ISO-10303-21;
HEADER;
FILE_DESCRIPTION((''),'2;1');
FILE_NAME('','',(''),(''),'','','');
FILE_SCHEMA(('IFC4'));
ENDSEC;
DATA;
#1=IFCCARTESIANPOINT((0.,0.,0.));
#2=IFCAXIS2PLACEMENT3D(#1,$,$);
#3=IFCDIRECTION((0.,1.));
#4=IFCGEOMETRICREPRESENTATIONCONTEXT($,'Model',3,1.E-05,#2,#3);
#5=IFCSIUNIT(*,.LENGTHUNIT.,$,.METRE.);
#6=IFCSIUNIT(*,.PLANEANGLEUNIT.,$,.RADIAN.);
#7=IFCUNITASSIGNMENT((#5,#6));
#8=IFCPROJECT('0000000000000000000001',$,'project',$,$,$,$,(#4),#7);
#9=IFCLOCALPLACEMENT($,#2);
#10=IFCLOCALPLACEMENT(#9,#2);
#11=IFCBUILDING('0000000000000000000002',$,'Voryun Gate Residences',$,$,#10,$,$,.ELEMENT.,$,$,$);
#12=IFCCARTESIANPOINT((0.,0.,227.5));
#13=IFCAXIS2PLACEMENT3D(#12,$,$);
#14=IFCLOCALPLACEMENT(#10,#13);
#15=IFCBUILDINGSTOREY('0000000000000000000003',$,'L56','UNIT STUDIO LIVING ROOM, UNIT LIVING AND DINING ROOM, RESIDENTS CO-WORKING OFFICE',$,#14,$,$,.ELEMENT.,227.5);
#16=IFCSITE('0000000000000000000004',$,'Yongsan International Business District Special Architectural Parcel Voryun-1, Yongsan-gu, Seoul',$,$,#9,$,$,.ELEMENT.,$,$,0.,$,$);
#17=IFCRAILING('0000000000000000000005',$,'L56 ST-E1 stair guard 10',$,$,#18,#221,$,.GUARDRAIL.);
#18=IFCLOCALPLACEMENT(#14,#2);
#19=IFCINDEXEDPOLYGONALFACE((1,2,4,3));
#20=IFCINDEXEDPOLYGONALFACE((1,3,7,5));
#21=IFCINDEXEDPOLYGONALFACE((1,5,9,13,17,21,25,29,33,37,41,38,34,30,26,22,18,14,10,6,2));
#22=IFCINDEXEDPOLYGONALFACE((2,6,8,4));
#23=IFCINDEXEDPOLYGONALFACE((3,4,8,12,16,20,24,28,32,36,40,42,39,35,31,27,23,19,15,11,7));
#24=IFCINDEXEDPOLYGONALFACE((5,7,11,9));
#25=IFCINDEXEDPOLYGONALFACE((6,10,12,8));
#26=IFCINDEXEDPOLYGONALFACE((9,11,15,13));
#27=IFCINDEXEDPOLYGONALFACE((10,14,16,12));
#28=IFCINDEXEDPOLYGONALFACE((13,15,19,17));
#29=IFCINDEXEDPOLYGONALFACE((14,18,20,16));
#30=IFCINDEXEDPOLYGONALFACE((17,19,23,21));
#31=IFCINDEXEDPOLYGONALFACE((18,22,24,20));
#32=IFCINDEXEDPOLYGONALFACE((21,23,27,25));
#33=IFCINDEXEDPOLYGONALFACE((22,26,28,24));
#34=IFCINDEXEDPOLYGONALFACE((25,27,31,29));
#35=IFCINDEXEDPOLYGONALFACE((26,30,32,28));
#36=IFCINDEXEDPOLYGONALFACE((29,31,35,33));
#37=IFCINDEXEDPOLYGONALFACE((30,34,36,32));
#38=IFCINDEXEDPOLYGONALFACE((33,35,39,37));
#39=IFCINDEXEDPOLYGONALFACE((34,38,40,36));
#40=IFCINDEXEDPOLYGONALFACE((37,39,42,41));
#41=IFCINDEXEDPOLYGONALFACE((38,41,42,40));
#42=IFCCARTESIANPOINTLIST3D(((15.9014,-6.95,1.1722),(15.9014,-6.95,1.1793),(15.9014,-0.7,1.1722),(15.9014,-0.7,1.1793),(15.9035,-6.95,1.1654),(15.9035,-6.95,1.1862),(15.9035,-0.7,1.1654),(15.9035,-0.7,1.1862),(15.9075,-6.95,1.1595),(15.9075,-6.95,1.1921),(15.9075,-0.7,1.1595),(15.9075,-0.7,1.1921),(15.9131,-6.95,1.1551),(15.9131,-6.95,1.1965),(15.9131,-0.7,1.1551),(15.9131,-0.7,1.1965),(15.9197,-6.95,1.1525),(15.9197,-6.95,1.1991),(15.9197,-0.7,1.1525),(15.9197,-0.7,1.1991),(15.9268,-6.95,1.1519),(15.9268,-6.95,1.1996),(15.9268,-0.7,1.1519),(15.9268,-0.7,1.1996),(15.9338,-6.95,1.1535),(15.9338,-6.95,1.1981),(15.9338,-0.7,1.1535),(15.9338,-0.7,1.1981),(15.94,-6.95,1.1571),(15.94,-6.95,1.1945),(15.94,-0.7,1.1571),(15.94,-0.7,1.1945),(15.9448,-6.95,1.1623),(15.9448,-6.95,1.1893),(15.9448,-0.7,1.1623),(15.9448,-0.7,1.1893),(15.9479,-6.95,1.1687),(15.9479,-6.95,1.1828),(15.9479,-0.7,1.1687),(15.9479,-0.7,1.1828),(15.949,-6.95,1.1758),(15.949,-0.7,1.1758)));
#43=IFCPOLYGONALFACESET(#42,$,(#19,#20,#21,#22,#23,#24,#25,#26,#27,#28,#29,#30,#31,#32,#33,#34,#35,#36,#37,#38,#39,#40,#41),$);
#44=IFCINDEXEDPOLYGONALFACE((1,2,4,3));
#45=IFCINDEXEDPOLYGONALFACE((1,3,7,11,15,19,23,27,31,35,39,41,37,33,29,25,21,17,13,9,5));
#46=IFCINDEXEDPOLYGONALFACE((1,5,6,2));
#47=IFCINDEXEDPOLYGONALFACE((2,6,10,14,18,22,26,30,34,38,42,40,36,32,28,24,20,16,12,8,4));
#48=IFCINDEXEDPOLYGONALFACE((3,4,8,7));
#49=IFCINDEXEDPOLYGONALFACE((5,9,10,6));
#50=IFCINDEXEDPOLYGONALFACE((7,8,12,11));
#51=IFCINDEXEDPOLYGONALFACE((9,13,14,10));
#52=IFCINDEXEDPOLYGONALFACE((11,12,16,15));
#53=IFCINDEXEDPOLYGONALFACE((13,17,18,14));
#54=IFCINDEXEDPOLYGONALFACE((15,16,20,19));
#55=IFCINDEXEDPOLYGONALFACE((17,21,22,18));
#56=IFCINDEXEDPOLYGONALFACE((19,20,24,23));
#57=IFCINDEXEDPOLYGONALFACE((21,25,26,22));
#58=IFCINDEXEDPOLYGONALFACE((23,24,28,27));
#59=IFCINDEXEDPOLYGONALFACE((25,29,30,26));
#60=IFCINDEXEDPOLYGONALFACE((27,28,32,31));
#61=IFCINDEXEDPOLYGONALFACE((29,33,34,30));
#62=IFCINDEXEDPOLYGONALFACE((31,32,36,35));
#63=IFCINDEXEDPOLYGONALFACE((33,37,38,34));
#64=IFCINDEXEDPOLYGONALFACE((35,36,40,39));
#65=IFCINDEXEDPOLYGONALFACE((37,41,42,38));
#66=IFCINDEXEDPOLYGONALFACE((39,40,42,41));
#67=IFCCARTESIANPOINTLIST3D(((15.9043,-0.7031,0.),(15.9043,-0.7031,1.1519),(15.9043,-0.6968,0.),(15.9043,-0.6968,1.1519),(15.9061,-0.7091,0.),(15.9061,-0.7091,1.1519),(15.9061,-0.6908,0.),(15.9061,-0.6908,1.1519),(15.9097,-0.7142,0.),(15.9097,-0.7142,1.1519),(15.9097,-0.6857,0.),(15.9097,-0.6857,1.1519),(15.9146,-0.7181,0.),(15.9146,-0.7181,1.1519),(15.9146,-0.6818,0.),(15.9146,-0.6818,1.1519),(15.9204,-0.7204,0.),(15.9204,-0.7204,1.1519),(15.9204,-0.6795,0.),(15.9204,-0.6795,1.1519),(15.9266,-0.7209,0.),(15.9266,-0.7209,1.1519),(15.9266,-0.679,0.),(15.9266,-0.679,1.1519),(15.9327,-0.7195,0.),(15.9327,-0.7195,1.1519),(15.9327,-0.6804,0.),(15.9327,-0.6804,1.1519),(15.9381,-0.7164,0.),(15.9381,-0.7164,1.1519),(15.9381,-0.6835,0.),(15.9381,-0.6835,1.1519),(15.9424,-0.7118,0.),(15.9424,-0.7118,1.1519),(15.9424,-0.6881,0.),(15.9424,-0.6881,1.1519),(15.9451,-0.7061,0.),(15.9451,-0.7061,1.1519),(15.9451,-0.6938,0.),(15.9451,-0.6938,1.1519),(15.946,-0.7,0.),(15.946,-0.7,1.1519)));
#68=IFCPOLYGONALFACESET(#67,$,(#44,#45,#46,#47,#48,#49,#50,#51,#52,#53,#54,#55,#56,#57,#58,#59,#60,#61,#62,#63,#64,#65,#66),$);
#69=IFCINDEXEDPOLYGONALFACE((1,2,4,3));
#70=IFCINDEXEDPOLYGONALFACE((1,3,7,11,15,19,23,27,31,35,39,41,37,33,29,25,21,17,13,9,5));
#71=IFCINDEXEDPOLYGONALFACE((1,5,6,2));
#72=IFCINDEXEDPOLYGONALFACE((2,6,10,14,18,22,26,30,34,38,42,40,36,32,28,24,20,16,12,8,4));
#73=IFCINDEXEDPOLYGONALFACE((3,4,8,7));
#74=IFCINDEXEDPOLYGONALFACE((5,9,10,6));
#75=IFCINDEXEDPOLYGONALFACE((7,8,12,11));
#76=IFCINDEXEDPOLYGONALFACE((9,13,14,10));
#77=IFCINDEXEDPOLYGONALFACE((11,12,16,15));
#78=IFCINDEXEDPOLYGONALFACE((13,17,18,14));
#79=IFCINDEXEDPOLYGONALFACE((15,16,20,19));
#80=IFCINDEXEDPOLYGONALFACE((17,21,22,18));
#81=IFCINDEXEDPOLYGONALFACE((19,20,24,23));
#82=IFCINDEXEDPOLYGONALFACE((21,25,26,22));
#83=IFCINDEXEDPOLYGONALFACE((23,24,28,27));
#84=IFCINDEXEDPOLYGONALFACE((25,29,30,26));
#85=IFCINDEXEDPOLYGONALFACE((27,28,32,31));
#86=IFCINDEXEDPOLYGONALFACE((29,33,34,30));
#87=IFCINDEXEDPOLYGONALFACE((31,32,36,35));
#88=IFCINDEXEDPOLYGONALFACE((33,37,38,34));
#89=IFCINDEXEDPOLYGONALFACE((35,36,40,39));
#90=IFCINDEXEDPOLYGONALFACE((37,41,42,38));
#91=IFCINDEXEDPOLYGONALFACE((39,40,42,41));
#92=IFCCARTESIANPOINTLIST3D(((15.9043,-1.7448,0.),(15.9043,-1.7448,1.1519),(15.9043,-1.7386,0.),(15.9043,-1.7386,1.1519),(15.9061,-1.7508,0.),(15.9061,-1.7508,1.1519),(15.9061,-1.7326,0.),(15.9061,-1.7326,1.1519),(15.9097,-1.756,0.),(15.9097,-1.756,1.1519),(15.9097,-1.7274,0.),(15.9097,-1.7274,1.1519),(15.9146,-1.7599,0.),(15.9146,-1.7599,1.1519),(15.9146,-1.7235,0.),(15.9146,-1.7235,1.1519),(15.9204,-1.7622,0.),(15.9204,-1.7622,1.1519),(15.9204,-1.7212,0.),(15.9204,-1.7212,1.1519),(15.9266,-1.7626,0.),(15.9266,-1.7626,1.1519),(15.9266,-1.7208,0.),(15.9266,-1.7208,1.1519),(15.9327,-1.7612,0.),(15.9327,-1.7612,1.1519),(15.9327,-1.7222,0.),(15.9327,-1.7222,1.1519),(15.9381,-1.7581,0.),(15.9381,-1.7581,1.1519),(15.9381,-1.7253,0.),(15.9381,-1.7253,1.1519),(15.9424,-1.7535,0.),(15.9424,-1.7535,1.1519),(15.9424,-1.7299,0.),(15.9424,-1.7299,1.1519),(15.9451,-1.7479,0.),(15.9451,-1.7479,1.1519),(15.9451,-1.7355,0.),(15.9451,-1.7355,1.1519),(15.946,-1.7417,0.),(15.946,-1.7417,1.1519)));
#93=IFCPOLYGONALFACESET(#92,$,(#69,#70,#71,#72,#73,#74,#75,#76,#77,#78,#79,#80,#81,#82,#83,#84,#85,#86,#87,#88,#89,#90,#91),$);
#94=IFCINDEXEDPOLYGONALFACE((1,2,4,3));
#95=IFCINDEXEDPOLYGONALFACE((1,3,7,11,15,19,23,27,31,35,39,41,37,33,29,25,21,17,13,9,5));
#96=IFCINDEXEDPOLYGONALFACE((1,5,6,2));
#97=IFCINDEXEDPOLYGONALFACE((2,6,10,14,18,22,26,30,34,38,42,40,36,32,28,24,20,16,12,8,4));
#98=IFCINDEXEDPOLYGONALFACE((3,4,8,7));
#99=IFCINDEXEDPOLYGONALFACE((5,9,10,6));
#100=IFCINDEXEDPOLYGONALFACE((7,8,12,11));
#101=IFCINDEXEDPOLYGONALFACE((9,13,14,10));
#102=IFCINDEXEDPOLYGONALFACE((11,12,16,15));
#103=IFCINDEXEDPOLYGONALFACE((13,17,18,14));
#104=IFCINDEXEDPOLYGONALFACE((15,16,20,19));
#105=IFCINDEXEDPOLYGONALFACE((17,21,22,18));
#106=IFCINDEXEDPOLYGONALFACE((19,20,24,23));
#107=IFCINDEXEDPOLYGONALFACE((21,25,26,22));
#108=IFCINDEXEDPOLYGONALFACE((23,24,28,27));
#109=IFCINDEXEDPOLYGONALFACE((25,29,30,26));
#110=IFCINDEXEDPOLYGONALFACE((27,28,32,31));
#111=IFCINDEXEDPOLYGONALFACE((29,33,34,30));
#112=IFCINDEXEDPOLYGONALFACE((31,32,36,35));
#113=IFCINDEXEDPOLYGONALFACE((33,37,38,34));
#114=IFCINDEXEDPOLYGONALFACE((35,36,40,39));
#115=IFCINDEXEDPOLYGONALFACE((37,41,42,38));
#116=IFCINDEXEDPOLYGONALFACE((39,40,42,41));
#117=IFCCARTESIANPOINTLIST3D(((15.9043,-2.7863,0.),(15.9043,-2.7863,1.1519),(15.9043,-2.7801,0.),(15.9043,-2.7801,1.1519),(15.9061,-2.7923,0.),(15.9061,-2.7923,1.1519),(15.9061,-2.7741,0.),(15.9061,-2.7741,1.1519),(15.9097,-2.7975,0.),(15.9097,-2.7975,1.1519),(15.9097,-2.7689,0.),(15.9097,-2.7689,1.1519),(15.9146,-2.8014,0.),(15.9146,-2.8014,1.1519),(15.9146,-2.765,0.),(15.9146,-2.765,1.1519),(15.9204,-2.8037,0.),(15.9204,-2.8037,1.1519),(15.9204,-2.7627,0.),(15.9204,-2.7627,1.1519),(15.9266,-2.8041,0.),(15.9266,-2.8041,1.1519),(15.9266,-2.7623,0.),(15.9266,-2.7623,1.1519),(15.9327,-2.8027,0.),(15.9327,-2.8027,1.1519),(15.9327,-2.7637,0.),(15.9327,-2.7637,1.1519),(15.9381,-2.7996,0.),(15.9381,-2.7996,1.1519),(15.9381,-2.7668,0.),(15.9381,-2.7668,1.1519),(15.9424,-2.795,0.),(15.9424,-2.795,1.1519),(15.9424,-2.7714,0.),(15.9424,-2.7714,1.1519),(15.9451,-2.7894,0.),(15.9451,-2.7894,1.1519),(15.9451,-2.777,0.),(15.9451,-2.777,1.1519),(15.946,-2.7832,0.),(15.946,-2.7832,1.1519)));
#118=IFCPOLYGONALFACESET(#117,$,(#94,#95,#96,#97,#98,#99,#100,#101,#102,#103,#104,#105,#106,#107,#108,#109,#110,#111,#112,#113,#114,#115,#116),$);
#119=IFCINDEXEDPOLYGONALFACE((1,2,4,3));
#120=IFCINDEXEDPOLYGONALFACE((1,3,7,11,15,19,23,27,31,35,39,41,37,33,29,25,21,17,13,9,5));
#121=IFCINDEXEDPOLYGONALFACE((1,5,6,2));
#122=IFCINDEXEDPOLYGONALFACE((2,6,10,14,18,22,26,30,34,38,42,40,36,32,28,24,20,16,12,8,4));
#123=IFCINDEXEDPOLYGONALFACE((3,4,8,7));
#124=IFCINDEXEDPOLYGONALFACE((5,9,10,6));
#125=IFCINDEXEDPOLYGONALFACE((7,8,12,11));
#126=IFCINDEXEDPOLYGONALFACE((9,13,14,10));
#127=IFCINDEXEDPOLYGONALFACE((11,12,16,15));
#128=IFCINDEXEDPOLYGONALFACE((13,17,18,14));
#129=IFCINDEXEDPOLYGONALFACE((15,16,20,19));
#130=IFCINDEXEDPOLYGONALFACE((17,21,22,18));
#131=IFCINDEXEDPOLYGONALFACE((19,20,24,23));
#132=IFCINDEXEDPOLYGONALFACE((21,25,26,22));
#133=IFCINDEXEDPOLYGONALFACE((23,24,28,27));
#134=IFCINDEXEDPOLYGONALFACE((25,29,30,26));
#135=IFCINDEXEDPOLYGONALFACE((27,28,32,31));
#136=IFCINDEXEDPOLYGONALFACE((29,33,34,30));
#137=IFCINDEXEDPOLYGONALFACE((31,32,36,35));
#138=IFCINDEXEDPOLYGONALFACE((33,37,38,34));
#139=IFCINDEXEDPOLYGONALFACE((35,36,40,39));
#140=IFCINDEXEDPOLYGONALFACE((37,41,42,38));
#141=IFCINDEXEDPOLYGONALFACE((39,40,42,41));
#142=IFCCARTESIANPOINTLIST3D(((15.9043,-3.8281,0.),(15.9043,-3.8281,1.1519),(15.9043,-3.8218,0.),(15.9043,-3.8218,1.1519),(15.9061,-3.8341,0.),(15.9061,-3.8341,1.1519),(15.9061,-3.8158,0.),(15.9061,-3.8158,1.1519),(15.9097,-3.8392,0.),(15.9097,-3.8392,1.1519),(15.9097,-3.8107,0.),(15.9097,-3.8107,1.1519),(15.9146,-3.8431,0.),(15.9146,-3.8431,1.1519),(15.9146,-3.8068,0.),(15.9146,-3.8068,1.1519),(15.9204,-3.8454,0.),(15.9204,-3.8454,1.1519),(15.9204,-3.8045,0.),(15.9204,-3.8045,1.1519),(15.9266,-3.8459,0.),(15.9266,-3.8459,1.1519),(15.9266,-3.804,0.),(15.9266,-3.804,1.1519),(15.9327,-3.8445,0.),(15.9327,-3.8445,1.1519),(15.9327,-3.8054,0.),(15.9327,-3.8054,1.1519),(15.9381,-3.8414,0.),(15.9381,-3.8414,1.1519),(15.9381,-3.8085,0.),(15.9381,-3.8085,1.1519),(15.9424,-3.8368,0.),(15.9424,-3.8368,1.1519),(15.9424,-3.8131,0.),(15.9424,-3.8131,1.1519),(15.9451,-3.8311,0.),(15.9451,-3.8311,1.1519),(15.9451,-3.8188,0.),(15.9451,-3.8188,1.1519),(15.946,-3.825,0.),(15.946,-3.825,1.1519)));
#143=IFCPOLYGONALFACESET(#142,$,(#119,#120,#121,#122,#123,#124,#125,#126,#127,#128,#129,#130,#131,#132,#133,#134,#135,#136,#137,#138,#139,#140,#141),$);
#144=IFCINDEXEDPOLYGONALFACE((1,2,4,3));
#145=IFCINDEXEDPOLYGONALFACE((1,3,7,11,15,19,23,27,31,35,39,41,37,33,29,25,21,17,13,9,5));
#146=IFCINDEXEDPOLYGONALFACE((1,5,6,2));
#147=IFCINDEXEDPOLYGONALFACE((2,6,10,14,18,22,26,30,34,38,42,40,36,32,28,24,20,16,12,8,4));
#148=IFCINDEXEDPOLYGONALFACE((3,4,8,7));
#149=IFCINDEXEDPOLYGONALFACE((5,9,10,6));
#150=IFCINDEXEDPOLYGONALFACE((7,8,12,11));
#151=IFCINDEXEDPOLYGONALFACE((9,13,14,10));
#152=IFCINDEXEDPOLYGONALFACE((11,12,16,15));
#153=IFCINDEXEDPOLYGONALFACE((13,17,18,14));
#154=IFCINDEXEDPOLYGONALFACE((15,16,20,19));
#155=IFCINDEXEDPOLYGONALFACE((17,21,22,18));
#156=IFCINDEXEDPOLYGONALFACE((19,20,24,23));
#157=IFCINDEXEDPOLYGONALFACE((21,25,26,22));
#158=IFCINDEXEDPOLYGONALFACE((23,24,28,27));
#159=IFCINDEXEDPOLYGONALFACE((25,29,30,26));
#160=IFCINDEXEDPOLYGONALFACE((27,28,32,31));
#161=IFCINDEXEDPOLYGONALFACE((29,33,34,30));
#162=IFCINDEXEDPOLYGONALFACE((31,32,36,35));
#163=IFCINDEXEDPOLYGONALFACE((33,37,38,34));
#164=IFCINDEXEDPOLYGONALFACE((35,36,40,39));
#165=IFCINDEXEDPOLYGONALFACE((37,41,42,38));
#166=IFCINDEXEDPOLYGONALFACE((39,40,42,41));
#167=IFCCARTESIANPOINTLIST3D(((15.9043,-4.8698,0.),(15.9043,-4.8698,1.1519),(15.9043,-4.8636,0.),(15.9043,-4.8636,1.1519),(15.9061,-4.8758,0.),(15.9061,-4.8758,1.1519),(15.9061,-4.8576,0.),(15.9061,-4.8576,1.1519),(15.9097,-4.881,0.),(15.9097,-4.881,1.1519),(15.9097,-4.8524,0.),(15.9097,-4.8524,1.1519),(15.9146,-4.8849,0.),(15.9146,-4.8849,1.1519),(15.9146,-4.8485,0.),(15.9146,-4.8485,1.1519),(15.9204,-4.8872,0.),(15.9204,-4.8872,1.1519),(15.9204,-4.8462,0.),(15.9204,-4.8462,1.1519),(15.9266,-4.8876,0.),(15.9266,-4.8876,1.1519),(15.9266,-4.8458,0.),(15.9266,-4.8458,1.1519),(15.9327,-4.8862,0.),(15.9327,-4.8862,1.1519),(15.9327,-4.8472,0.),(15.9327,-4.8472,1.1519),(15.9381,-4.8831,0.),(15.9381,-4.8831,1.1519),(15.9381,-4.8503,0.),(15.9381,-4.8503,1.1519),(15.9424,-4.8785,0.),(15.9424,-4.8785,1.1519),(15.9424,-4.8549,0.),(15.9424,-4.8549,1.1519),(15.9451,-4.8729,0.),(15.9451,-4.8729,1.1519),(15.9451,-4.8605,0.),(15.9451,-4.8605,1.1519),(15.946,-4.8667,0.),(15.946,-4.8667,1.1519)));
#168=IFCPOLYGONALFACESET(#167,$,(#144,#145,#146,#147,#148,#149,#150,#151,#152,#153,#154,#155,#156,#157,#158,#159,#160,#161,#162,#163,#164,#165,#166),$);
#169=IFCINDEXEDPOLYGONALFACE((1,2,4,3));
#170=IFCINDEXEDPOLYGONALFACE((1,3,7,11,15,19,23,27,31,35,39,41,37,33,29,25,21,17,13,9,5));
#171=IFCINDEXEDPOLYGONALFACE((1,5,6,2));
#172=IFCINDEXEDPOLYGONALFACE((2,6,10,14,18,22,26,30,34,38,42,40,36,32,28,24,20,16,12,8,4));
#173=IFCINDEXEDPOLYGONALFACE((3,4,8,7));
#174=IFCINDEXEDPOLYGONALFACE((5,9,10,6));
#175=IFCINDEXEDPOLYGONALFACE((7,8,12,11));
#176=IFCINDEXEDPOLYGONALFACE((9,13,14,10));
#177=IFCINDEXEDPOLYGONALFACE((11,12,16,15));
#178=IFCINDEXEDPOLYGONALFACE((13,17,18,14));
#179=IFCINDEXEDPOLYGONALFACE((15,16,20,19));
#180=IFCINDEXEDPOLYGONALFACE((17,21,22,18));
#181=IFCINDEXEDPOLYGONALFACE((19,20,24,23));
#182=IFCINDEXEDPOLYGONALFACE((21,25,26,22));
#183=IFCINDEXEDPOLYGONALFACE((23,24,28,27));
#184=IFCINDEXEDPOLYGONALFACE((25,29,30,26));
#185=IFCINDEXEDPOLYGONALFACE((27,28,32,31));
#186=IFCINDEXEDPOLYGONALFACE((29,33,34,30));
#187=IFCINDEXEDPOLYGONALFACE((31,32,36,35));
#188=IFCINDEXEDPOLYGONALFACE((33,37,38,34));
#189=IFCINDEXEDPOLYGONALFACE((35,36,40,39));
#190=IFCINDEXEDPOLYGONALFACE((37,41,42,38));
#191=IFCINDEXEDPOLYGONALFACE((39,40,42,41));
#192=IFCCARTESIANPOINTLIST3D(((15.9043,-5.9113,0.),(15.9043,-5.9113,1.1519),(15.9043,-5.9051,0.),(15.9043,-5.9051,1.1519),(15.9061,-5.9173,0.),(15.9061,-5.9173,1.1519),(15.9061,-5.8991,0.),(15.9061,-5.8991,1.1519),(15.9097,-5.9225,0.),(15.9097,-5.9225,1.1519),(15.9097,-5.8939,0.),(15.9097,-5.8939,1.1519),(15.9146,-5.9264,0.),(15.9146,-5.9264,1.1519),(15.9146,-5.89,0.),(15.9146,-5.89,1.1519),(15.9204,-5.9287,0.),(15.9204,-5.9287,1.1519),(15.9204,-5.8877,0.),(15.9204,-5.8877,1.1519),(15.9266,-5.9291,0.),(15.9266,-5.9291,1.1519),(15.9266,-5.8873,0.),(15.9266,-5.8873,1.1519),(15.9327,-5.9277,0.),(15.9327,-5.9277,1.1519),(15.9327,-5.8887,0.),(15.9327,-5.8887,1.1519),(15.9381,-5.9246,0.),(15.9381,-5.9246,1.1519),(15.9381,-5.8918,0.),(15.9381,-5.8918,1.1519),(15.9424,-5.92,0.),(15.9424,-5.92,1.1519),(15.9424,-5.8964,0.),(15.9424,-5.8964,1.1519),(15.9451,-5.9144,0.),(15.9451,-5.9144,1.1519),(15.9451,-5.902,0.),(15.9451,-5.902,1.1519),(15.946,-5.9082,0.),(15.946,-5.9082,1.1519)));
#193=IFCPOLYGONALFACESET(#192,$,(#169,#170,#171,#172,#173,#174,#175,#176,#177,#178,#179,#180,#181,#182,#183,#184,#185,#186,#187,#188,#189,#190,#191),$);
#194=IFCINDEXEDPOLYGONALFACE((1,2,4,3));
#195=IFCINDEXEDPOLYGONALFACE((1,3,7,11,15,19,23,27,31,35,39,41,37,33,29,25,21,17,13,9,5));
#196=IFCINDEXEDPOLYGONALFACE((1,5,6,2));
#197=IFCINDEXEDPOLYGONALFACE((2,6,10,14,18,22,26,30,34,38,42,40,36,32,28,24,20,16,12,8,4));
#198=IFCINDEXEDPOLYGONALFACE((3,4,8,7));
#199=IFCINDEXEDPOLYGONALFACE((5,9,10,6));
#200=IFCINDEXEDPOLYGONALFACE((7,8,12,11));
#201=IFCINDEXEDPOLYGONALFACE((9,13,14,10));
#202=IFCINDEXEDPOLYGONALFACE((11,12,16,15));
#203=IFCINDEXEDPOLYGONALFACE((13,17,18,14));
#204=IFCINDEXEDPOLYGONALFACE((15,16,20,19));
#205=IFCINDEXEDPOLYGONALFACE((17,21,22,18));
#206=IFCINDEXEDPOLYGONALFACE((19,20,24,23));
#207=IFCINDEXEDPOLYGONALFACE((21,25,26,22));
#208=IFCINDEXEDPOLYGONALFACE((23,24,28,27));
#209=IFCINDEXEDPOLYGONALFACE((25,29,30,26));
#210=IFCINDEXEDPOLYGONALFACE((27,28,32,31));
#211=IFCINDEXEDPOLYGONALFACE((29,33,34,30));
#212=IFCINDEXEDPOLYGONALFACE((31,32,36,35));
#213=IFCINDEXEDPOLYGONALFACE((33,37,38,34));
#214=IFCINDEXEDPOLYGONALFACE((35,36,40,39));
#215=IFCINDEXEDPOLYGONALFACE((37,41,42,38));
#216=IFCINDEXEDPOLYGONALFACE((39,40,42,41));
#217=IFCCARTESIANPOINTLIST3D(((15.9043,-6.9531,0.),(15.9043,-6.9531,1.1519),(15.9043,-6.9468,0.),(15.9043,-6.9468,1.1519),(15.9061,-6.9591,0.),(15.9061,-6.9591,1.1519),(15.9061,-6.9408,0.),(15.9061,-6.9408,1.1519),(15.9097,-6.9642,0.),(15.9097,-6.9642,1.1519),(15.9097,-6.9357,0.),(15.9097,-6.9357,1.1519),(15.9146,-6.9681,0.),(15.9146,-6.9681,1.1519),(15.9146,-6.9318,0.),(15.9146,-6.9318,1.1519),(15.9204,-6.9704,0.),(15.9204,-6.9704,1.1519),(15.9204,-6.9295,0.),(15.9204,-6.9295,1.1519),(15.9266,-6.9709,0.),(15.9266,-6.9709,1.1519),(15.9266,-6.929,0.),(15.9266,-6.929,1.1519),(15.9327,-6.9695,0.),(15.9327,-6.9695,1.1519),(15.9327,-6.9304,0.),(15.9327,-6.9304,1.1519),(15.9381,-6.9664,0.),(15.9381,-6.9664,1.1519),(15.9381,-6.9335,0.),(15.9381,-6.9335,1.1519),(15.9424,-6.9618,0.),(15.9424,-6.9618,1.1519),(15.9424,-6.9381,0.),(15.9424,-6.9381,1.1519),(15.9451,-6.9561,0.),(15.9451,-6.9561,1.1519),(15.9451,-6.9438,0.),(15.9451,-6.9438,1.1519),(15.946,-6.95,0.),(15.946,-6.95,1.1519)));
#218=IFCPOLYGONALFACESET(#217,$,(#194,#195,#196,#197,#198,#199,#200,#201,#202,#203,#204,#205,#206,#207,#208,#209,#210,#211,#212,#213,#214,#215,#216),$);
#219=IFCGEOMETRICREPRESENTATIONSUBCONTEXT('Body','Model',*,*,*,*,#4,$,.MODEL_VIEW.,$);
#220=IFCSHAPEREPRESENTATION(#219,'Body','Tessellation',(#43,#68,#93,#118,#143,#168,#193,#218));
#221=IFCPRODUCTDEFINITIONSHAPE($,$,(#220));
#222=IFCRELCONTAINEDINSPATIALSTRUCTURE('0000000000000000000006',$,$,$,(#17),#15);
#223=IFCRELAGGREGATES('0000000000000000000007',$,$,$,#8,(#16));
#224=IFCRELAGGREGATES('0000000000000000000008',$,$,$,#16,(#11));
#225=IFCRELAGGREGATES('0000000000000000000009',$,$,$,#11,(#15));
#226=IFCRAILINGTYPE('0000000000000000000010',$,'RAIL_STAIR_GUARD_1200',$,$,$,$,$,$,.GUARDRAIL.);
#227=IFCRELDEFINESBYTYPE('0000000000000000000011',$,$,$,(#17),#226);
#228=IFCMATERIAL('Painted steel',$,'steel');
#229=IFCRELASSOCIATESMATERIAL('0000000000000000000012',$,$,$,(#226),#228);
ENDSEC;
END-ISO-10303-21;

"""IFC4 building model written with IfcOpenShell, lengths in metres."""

from ifc_helpers import new_model, si_unit, direction, frame, origin, origin_2d, place, context, subcontext, project, spatial, circle, extrude, material, type_object, element, save


model = new_model("IFC4")

# Units and contexts
model_context = context("Model", 3, precision=1e-05, world=origin(), true_north=direction((0.0, 1.0)))
body_context = subcontext(model_context, "Body", "Model", "MODEL_VIEW")
ifc_project = project(units=[si_unit("LENGTHUNIT", "METRE"), si_unit("PLANEANGLEUNIT", "RADIAN")], contexts=[model_context])

# Site, building, storey
site_placement = place(None, origin())
site = spatial("IfcSite", under=ifc_project, at=site_placement, Name="Yongsan International Business District Special Architectural Parcel Voryun-1, Yongsan-gu, Seoul", CompositionType="ELEMENT", RefElevation=0.0)
building_placement = place(site_placement, origin())
building = spatial("IfcBuilding", under=site, at=building_placement, Name="Voryun Gate Residences", CompositionType="ELEMENT")
storey_placement = place(building_placement, frame((0.0, 0.0, 227.5)))
storey = spatial("IfcBuildingStorey", under=building, at=storey_placement, Name="L56", Description="UNIT STUDIO LIVING ROOM, UNIT LIVING AND DINING ROOM, RESIDENTS CO-WORKING OFFICE", CompositionType="ELEMENT", Elevation=227.5)

# Railing
ifc_material_1 = material(Name="Painted steel", Category="steel")
railing_type_1 = type_object("IfcRailingType", Name="RAIL_STAIR_GUARD_1200", PredefinedType="GUARDRAIL", material=ifc_material_1)
railing_1_placement = place(storey_placement, frame((15.925, -0.7, 0.0)))
element("IfcRailing", 1, at=railing_1_placement, inside=storey, type_object=railing_type_1, Name="L56 ST-E1 stair guard 10", PredefinedType="GUARDRAIL", context=body_context, shape_type="SweptSolid", body=[
    extrude(circle(Radius=0.0239, at=origin_2d()), frame((0.0, 0.0, 1.1758), z_axis=(0.0, -1.0, 0.0), x_axis=(1.0, 0.0, 0.0)), (0.0, 0.0, 1.0), 6.25),
    extrude(circle(Radius=0.021, at=origin_2d()), origin(), (0.0, 0.0, 1.0), 1.1519),
    extrude(circle(Radius=0.021, at=origin_2d()), frame((0.0, -1.0417, 0.0)), (0.0, 0.0, 1.0), 1.1519),
    extrude(circle(Radius=0.021, at=origin_2d()), frame((0.0, -2.0833, 0.0)), (0.0, 0.0, 1.0), 1.1519),
    extrude(circle(Radius=0.021, at=origin_2d()), frame((0.0, -3.125, 0.0)), (0.0, 0.0, 1.0), 1.1519),
    extrude(circle(Radius=0.021, at=origin_2d()), frame((0.0, -4.1667, 0.0)), (0.0, 0.0, 1.0), 1.1519),
    extrude(circle(Radius=0.021, at=origin_2d()), frame((0.0, -5.2083, 0.0)), (0.0, 0.0, 1.0), 1.1519),
    extrude(circle(Radius=0.021, at=origin_2d()), frame((0.0, -6.25, 0.0)), (0.0, 0.0, 1.0), 1.1519),
])

save(model, "model.ifc")
